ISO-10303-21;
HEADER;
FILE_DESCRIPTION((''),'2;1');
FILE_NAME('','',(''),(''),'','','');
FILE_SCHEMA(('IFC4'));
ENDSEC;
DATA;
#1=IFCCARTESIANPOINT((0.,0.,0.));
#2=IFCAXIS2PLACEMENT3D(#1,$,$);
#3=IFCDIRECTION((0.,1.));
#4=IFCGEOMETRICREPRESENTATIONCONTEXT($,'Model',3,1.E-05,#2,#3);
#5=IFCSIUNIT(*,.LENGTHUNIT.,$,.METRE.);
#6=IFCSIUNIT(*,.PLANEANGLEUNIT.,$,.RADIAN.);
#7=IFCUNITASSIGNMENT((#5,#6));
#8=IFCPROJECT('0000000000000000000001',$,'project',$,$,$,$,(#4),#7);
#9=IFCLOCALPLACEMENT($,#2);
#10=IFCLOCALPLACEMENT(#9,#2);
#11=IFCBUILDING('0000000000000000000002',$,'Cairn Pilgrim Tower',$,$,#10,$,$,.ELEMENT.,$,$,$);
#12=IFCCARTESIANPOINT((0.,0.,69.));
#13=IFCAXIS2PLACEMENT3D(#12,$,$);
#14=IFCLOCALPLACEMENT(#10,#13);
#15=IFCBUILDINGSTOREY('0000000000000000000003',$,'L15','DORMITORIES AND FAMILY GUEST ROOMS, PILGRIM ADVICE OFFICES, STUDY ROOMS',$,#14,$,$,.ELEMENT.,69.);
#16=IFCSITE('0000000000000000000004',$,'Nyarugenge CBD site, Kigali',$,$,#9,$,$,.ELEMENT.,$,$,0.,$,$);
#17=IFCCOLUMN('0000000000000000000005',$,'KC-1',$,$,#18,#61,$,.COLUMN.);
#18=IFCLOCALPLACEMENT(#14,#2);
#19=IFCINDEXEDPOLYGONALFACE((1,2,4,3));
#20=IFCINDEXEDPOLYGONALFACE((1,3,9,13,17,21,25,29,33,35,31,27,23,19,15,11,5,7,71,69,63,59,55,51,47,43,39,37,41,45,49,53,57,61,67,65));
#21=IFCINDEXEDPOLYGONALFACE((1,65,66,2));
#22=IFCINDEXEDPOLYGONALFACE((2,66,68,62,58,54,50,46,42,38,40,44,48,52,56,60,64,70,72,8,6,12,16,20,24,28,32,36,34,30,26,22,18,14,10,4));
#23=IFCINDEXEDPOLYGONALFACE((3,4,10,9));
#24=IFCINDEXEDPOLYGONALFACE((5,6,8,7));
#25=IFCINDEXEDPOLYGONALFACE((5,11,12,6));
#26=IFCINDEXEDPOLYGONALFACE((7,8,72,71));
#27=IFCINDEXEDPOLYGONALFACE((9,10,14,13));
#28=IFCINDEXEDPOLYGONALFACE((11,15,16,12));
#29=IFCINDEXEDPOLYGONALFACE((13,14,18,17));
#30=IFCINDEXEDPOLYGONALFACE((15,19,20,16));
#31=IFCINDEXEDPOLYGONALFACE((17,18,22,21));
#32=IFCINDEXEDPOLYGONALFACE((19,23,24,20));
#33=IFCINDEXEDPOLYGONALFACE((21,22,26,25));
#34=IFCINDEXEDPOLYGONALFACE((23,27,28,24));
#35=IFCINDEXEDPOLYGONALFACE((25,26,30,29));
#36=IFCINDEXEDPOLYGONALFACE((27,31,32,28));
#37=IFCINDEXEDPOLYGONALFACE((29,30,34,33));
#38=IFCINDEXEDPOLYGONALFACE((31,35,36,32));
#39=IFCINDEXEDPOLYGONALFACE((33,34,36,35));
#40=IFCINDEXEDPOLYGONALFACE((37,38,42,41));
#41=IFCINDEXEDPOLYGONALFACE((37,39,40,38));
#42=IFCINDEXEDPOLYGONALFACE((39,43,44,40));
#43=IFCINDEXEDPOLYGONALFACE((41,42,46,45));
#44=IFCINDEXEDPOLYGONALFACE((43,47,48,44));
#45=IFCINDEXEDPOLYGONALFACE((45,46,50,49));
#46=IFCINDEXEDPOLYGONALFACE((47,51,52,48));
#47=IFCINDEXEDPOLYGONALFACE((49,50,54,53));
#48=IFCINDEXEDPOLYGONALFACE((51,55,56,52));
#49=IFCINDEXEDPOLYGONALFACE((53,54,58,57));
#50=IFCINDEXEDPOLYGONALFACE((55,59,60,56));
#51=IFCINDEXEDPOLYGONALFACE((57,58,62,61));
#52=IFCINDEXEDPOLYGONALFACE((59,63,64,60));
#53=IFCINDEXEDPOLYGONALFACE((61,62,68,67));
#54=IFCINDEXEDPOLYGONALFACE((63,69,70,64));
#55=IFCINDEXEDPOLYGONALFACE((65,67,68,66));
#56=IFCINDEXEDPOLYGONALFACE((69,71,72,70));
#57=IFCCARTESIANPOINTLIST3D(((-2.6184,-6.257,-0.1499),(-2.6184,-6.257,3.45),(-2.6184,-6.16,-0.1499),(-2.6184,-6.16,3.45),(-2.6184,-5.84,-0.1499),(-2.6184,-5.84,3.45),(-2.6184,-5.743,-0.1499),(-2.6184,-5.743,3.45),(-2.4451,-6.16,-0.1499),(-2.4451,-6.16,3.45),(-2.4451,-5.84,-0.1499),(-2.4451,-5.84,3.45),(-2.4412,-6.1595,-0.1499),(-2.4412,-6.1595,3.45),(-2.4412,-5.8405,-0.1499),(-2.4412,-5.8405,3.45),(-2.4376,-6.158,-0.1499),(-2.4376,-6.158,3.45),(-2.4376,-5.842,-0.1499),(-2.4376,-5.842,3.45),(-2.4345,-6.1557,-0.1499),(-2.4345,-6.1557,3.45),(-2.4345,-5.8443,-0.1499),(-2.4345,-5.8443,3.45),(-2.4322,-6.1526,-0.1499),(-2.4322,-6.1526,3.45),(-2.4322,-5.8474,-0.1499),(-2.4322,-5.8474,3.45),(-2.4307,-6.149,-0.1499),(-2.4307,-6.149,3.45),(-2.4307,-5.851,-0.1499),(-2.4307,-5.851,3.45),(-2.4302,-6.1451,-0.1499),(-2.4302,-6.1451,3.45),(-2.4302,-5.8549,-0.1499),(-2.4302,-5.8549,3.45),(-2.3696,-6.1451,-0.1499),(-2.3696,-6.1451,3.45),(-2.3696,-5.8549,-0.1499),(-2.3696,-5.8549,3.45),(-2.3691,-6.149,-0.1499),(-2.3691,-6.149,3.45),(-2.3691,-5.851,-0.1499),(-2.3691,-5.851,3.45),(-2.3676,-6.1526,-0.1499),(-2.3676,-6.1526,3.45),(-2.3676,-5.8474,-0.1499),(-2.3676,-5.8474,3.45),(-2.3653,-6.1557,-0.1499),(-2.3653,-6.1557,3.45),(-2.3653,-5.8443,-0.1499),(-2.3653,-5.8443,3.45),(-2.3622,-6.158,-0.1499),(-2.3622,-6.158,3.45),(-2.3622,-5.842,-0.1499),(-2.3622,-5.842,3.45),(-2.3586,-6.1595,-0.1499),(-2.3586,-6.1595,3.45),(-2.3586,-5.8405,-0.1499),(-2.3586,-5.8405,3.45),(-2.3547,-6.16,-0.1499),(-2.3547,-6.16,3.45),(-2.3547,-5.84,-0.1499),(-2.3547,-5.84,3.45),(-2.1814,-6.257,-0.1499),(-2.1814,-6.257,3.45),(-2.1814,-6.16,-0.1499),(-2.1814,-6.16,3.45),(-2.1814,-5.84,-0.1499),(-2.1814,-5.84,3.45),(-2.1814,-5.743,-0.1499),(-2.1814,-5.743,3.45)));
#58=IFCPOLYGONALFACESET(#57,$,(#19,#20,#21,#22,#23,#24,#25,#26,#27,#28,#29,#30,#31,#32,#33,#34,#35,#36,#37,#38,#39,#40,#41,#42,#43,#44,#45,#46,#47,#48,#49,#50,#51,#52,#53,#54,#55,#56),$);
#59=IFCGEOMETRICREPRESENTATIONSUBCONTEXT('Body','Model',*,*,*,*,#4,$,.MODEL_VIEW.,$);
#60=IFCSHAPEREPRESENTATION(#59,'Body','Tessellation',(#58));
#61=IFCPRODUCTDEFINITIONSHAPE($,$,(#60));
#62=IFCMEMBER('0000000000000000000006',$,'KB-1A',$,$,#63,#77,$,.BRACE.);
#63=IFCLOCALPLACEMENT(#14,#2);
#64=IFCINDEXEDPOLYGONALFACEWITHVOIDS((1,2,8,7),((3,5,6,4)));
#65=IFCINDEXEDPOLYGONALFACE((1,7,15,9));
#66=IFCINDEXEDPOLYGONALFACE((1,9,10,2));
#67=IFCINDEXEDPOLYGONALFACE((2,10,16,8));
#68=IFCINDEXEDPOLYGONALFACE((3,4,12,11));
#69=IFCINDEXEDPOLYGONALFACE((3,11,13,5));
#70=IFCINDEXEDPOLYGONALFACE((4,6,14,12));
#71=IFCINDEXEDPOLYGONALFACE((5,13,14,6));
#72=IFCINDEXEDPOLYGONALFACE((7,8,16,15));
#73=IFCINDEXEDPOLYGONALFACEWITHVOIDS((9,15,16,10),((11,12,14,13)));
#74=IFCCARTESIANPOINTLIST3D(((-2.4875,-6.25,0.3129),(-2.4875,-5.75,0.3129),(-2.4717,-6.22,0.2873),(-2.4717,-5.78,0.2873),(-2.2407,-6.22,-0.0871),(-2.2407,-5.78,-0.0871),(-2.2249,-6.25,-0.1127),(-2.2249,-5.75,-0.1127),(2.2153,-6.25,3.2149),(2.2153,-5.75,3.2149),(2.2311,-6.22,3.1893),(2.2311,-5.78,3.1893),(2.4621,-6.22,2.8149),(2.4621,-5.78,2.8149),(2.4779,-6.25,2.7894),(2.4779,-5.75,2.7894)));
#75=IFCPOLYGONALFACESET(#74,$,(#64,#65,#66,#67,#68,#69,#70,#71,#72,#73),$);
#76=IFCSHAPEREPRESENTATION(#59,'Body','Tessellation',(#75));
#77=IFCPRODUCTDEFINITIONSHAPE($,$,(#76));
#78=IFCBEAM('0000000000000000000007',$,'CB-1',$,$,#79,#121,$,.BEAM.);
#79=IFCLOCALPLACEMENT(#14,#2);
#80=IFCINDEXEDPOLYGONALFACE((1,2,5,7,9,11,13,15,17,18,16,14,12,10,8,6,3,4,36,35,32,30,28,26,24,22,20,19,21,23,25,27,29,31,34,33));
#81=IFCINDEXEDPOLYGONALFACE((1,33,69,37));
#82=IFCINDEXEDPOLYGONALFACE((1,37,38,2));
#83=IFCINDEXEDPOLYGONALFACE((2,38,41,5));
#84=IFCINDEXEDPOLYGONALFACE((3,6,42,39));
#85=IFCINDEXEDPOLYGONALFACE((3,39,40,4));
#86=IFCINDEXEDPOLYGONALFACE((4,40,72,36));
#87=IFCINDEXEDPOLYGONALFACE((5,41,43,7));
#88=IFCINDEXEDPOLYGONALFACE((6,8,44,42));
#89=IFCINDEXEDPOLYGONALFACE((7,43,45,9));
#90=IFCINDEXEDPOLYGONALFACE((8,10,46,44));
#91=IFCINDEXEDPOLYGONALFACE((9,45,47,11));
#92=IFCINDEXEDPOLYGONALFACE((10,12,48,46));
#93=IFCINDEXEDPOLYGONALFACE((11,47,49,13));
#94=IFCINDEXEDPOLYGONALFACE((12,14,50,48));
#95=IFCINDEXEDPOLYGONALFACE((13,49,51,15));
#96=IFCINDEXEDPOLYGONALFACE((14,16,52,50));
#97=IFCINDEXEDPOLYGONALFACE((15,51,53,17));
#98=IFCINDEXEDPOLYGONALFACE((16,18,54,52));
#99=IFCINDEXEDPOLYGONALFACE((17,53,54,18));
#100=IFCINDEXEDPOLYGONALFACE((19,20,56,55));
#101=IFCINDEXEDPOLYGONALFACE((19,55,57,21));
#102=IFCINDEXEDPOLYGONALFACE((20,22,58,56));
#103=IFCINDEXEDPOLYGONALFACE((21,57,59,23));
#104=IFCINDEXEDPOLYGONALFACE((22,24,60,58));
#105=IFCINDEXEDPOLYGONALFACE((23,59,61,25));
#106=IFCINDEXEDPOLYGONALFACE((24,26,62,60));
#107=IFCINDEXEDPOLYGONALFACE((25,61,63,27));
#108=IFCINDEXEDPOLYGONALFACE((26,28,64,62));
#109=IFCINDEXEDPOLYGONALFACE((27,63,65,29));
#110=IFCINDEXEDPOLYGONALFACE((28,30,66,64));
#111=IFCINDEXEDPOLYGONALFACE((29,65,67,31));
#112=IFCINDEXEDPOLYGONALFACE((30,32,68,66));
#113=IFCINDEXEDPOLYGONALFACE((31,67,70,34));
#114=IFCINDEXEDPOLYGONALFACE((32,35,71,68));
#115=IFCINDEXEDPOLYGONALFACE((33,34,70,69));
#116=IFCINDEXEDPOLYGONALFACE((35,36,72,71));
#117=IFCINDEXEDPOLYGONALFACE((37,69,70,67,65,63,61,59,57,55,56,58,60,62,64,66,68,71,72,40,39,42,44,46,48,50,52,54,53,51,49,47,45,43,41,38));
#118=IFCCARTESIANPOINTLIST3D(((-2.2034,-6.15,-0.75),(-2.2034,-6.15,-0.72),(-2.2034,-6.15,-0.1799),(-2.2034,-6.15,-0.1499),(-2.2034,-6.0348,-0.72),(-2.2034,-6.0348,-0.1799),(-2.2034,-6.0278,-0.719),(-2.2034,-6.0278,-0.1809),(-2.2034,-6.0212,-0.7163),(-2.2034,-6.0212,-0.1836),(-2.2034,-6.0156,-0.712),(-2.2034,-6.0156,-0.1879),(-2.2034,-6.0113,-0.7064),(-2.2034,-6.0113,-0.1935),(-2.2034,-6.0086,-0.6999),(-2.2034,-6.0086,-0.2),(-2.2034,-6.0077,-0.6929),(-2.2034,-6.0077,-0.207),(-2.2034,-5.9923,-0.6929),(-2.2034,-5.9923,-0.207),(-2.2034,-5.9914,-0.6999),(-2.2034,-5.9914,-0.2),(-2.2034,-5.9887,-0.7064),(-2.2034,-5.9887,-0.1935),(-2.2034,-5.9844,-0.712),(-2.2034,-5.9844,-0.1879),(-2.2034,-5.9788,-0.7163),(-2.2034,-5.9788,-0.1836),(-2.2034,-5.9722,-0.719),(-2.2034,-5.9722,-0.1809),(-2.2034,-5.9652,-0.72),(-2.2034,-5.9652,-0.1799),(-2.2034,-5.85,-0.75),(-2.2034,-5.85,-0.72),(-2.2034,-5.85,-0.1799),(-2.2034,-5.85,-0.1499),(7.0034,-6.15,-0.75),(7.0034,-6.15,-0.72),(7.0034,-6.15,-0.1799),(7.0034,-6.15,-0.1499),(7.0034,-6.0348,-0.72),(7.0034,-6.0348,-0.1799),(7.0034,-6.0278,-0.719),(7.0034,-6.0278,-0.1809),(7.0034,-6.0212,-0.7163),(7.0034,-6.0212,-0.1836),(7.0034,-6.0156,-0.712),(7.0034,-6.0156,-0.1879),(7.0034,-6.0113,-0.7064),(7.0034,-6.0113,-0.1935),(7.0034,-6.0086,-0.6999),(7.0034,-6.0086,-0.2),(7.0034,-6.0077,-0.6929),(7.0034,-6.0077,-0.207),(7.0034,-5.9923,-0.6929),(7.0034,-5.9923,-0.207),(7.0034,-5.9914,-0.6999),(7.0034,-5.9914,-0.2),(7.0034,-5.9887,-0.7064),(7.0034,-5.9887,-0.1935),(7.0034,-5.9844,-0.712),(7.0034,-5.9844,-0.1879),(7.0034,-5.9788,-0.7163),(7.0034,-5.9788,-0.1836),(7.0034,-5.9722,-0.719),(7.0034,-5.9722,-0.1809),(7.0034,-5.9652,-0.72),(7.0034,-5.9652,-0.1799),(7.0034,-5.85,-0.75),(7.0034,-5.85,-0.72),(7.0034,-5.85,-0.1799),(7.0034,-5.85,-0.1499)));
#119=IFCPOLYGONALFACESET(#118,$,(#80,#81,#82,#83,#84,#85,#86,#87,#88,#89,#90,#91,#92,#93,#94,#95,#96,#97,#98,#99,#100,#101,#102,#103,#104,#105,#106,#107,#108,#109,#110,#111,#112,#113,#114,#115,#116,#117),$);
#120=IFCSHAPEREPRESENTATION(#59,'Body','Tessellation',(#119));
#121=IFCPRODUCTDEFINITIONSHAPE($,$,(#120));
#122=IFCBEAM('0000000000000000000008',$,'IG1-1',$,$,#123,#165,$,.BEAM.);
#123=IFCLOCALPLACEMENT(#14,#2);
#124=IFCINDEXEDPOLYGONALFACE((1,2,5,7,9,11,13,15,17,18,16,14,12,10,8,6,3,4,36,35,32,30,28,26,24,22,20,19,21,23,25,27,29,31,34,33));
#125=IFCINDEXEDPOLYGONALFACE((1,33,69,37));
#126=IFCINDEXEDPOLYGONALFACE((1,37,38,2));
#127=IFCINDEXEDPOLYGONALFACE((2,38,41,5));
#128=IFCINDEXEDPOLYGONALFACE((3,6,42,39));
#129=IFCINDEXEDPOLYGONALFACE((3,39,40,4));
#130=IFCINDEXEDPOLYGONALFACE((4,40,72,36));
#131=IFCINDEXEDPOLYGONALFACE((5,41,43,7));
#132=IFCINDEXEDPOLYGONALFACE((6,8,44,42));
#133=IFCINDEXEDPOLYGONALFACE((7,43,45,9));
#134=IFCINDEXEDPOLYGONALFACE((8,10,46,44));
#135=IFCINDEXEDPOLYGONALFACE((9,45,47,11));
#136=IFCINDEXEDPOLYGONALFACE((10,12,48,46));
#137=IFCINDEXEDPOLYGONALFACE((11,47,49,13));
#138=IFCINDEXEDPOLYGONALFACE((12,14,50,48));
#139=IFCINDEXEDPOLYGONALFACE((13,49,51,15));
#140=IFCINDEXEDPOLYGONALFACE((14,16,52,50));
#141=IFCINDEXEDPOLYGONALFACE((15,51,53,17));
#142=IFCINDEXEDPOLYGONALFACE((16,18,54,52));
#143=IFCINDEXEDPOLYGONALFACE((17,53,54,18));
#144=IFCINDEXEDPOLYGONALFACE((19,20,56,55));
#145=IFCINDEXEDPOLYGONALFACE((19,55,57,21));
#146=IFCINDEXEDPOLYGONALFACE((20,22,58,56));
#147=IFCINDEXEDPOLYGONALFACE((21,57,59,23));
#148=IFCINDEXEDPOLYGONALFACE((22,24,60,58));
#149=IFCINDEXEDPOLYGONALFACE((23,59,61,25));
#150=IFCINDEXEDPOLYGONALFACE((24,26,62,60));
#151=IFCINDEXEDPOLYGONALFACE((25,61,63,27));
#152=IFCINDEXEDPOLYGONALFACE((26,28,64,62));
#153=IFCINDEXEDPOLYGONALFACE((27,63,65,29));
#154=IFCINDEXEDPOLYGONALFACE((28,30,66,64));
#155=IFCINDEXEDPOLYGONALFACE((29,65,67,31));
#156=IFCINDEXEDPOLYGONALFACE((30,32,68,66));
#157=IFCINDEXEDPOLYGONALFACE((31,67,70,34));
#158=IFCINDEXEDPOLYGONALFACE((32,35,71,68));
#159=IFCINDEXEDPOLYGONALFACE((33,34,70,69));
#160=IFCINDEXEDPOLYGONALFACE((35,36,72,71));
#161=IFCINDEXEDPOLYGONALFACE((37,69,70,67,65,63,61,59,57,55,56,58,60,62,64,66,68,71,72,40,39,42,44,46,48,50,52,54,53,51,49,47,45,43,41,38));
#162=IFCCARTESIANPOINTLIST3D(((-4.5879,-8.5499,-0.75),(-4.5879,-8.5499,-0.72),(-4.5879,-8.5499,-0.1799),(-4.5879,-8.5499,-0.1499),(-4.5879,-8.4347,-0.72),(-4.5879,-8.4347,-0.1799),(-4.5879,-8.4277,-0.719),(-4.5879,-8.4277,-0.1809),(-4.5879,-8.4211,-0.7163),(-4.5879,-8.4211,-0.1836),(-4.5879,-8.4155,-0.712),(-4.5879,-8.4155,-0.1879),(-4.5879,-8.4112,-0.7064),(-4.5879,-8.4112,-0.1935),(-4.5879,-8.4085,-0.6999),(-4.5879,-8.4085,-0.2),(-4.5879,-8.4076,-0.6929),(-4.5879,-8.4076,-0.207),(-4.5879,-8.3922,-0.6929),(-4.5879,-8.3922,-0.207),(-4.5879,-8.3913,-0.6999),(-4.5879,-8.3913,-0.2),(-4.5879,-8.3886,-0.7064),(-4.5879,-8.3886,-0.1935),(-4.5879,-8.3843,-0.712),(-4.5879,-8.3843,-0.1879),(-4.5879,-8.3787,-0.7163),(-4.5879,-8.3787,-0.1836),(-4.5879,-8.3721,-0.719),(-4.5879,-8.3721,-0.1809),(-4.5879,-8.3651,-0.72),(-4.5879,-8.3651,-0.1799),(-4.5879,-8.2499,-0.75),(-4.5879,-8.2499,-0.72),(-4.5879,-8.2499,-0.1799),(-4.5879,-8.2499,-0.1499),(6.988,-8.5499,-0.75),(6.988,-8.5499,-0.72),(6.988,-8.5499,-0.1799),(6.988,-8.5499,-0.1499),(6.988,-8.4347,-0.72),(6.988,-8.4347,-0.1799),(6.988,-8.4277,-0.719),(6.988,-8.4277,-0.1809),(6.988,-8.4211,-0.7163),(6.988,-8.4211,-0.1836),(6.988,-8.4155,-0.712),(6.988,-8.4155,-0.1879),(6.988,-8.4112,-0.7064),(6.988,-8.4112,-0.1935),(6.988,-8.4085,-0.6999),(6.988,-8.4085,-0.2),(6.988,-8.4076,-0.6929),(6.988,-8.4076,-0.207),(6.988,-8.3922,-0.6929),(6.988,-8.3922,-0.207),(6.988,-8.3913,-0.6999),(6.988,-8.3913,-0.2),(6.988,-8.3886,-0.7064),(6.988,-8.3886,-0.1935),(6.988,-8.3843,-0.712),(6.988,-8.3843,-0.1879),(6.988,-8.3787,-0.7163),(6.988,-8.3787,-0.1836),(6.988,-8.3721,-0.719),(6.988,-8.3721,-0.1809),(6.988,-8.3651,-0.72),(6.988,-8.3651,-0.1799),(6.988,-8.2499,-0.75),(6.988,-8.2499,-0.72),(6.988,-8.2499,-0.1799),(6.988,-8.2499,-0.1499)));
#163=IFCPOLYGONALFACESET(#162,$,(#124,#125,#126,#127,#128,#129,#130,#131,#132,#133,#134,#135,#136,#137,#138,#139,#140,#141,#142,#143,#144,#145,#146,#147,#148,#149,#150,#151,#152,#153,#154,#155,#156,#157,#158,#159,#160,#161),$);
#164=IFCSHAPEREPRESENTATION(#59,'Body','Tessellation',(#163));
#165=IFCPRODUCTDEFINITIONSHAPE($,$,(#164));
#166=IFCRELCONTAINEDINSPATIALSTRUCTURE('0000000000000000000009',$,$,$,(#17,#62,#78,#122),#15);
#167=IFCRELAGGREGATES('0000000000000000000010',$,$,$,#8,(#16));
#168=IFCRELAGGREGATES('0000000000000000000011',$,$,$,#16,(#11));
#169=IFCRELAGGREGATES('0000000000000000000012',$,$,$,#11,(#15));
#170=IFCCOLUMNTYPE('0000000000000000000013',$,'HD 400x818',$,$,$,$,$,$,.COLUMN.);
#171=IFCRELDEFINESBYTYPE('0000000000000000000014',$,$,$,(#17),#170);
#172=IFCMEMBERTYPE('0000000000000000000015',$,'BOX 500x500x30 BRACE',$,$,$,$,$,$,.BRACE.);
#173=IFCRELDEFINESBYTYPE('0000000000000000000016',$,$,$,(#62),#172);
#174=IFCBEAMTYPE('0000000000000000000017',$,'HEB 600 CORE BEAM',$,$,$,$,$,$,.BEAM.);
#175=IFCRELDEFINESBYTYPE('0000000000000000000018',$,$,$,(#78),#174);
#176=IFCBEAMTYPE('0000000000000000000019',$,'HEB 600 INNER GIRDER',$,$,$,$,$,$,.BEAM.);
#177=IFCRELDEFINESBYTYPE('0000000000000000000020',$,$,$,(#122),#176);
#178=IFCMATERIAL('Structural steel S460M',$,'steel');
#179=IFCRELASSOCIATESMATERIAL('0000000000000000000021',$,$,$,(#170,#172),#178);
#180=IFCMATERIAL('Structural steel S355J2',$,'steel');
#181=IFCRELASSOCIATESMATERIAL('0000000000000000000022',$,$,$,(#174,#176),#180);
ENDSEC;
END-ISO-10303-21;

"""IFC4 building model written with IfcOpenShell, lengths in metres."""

from ifc_helpers import new_model, si_unit, direction, frame, origin, origin_2d, place, context, subcontext, project, spatial, hollow_rectangle, i_section, extrude, material, material_profile, profile_set, type_object, element, save


model = new_model("IFC4")

# Units and contexts
model_context = context("Model", 3, precision=1e-05, world=origin(), true_north=direction((0.0, 1.0)))
body_context = subcontext(model_context, "Body", "Model", "MODEL_VIEW")
ifc_project = project(units=[si_unit("LENGTHUNIT", "METRE"), si_unit("PLANEANGLEUNIT", "RADIAN")], contexts=[model_context])

# Site, building, storey
site_placement = place(None, origin())
site = spatial("IfcSite", under=ifc_project, at=site_placement, Name="Nyarugenge CBD site, Kigali", CompositionType="ELEMENT", RefElevation=0.0)
building_placement = place(site_placement, origin())
building = spatial("IfcBuilding", under=site, at=building_placement, Name="Cairn Pilgrim Tower", CompositionType="ELEMENT")
storey_placement = place(building_placement, frame((0.0, 0.0, 69.0)))
storey = spatial("IfcBuildingStorey", under=building, at=storey_placement, Name="L15", Description="DORMITORIES AND FAMILY GUEST ROOMS, PILGRIM ADVICE OFFICES, STUDY ROOMS", CompositionType="ELEMENT", Elevation=69.0)

# Column
ifc_material_1 = material(Name="Structural steel S460M", Category="steel")
ifc_material_profile_1 = material_profile(ifc_material_1, i_section(OverallWidth=0.437, OverallDepth=0.5139, WebThickness=0.0605, FlangeThickness=0.0969, FilletRadius=0.0149, at=origin_2d()), Name="HD 400x818")
ifc_profile_set_1 = profile_set([ifc_material_profile_1], Name="Structural steel S460M")
column_type = type_object("IfcColumnType", Name="HD 400x818", PredefinedType="COLUMN", material=ifc_profile_set_1)
column_placement = place(storey_placement, frame((-2.3999, -6.0, -0.1499), z_axis=(0.0, 0.0, 1.0), x_axis=(1.0, 0.0, 0.0)))
element("IfcColumn", 1, at=column_placement, inside=storey, type_object=column_type, Name="KC-1", PredefinedType="COLUMN", context=body_context, shape_type="SweptSolid", body=[
    extrude(i_section(OverallWidth=0.437, OverallDepth=0.5139, WebThickness=0.0605, FlangeThickness=0.0969, FilletRadius=0.0149, at=origin_2d()), origin(), (0.0, 0.0, 1.0), 3.5999),
])

# Member
ifc_material_profile_2 = material_profile(ifc_material_1, hollow_rectangle(XDim=0.5, YDim=0.5, WallThickness=0.03, at=origin_2d()), Name="BOX 500x500x30")
ifc_profile_set_2 = profile_set([ifc_material_profile_2], Name="Structural steel S460M")
member_type = type_object("IfcMemberType", Name="BOX 500x500x30 BRACE", PredefinedType="BRACE", material=ifc_profile_set_2)
member_placement = place(storey_placement, frame((-2.3562, -6.0, 0.1001), z_axis=(0.85101, 0.0, 0.52515), x_axis=(0.0, 1.0, 0.0)))
element("IfcMember", 2, at=member_placement, inside=storey, type_object=member_type, Name="KB-1A", PredefinedType="BRACE", context=body_context, shape_type="SweptSolid", body=[
    extrude(hollow_rectangle(XDim=0.5, YDim=0.5, WallThickness=0.03, at=origin_2d()), origin(), (0.0, 0.0, 1.0), 5.5261),
])

# Beams
ifc_material_2 = material(Name="Structural steel S355J2", Category="steel")
ifc_material_profile_3 = material_profile(ifc_material_2, i_section(OverallWidth=0.3, OverallDepth=0.6001, WebThickness=0.0154, FlangeThickness=0.03, FilletRadius=0.0271, at=origin_2d()), Name="HEB 600")
ifc_profile_set_3 = profile_set([ifc_material_profile_3], Name="Structural steel S355J2")
beam_type_1 = type_object("IfcBeamType", Name="HEB 600 CORE BEAM", PredefinedType="BEAM", material=ifc_profile_set_3)
beam_1_placement = place(storey_placement, frame((-2.2034, -6.0, -0.45), z_axis=(1.0, 0.0, 0.0), x_axis=(0.0, 1.0, 0.0)))
element("IfcBeam", 3, at=beam_1_placement, inside=storey, type_object=beam_type_1, Name="CB-1", PredefinedType="BEAM", context=body_context, shape_type="SweptSolid", body=[
    extrude(i_section(OverallWidth=0.3, OverallDepth=0.6001, WebThickness=0.0154, FlangeThickness=0.03, FilletRadius=0.0271, at=origin_2d()), origin(), (0.0, 0.0, 1.0), 9.2068),
])
ifc_material_profile_4 = material_profile(ifc_material_2, i_section(OverallWidth=0.3, OverallDepth=0.6001, WebThickness=0.0154, FlangeThickness=0.03, FilletRadius=0.0271, at=origin_2d()), Name="HEB 600")
ifc_profile_set_4 = profile_set([ifc_material_profile_4], Name="Structural steel S355J2")
beam_type_2 = type_object("IfcBeamType", Name="HEB 600 INNER GIRDER", PredefinedType="BEAM", material=ifc_profile_set_4)
beam_2_placement = place(storey_placement, frame((-4.5879, -8.3999, -0.45), z_axis=(1.0, 0.0, 0.0), x_axis=(0.0, 1.0, 0.0)))
element("IfcBeam", 4, at=beam_2_placement, inside=storey, type_object=beam_type_2, Name="IG1-1", PredefinedType="BEAM", context=body_context, shape_type="SweptSolid", body=[
    extrude(i_section(OverallWidth=0.3, OverallDepth=0.6001, WebThickness=0.0154, FlangeThickness=0.03, FilletRadius=0.0271, at=origin_2d()), origin(), (0.0, 0.0, 1.0), 11.5759),
])

save(model, "model.ifc")
